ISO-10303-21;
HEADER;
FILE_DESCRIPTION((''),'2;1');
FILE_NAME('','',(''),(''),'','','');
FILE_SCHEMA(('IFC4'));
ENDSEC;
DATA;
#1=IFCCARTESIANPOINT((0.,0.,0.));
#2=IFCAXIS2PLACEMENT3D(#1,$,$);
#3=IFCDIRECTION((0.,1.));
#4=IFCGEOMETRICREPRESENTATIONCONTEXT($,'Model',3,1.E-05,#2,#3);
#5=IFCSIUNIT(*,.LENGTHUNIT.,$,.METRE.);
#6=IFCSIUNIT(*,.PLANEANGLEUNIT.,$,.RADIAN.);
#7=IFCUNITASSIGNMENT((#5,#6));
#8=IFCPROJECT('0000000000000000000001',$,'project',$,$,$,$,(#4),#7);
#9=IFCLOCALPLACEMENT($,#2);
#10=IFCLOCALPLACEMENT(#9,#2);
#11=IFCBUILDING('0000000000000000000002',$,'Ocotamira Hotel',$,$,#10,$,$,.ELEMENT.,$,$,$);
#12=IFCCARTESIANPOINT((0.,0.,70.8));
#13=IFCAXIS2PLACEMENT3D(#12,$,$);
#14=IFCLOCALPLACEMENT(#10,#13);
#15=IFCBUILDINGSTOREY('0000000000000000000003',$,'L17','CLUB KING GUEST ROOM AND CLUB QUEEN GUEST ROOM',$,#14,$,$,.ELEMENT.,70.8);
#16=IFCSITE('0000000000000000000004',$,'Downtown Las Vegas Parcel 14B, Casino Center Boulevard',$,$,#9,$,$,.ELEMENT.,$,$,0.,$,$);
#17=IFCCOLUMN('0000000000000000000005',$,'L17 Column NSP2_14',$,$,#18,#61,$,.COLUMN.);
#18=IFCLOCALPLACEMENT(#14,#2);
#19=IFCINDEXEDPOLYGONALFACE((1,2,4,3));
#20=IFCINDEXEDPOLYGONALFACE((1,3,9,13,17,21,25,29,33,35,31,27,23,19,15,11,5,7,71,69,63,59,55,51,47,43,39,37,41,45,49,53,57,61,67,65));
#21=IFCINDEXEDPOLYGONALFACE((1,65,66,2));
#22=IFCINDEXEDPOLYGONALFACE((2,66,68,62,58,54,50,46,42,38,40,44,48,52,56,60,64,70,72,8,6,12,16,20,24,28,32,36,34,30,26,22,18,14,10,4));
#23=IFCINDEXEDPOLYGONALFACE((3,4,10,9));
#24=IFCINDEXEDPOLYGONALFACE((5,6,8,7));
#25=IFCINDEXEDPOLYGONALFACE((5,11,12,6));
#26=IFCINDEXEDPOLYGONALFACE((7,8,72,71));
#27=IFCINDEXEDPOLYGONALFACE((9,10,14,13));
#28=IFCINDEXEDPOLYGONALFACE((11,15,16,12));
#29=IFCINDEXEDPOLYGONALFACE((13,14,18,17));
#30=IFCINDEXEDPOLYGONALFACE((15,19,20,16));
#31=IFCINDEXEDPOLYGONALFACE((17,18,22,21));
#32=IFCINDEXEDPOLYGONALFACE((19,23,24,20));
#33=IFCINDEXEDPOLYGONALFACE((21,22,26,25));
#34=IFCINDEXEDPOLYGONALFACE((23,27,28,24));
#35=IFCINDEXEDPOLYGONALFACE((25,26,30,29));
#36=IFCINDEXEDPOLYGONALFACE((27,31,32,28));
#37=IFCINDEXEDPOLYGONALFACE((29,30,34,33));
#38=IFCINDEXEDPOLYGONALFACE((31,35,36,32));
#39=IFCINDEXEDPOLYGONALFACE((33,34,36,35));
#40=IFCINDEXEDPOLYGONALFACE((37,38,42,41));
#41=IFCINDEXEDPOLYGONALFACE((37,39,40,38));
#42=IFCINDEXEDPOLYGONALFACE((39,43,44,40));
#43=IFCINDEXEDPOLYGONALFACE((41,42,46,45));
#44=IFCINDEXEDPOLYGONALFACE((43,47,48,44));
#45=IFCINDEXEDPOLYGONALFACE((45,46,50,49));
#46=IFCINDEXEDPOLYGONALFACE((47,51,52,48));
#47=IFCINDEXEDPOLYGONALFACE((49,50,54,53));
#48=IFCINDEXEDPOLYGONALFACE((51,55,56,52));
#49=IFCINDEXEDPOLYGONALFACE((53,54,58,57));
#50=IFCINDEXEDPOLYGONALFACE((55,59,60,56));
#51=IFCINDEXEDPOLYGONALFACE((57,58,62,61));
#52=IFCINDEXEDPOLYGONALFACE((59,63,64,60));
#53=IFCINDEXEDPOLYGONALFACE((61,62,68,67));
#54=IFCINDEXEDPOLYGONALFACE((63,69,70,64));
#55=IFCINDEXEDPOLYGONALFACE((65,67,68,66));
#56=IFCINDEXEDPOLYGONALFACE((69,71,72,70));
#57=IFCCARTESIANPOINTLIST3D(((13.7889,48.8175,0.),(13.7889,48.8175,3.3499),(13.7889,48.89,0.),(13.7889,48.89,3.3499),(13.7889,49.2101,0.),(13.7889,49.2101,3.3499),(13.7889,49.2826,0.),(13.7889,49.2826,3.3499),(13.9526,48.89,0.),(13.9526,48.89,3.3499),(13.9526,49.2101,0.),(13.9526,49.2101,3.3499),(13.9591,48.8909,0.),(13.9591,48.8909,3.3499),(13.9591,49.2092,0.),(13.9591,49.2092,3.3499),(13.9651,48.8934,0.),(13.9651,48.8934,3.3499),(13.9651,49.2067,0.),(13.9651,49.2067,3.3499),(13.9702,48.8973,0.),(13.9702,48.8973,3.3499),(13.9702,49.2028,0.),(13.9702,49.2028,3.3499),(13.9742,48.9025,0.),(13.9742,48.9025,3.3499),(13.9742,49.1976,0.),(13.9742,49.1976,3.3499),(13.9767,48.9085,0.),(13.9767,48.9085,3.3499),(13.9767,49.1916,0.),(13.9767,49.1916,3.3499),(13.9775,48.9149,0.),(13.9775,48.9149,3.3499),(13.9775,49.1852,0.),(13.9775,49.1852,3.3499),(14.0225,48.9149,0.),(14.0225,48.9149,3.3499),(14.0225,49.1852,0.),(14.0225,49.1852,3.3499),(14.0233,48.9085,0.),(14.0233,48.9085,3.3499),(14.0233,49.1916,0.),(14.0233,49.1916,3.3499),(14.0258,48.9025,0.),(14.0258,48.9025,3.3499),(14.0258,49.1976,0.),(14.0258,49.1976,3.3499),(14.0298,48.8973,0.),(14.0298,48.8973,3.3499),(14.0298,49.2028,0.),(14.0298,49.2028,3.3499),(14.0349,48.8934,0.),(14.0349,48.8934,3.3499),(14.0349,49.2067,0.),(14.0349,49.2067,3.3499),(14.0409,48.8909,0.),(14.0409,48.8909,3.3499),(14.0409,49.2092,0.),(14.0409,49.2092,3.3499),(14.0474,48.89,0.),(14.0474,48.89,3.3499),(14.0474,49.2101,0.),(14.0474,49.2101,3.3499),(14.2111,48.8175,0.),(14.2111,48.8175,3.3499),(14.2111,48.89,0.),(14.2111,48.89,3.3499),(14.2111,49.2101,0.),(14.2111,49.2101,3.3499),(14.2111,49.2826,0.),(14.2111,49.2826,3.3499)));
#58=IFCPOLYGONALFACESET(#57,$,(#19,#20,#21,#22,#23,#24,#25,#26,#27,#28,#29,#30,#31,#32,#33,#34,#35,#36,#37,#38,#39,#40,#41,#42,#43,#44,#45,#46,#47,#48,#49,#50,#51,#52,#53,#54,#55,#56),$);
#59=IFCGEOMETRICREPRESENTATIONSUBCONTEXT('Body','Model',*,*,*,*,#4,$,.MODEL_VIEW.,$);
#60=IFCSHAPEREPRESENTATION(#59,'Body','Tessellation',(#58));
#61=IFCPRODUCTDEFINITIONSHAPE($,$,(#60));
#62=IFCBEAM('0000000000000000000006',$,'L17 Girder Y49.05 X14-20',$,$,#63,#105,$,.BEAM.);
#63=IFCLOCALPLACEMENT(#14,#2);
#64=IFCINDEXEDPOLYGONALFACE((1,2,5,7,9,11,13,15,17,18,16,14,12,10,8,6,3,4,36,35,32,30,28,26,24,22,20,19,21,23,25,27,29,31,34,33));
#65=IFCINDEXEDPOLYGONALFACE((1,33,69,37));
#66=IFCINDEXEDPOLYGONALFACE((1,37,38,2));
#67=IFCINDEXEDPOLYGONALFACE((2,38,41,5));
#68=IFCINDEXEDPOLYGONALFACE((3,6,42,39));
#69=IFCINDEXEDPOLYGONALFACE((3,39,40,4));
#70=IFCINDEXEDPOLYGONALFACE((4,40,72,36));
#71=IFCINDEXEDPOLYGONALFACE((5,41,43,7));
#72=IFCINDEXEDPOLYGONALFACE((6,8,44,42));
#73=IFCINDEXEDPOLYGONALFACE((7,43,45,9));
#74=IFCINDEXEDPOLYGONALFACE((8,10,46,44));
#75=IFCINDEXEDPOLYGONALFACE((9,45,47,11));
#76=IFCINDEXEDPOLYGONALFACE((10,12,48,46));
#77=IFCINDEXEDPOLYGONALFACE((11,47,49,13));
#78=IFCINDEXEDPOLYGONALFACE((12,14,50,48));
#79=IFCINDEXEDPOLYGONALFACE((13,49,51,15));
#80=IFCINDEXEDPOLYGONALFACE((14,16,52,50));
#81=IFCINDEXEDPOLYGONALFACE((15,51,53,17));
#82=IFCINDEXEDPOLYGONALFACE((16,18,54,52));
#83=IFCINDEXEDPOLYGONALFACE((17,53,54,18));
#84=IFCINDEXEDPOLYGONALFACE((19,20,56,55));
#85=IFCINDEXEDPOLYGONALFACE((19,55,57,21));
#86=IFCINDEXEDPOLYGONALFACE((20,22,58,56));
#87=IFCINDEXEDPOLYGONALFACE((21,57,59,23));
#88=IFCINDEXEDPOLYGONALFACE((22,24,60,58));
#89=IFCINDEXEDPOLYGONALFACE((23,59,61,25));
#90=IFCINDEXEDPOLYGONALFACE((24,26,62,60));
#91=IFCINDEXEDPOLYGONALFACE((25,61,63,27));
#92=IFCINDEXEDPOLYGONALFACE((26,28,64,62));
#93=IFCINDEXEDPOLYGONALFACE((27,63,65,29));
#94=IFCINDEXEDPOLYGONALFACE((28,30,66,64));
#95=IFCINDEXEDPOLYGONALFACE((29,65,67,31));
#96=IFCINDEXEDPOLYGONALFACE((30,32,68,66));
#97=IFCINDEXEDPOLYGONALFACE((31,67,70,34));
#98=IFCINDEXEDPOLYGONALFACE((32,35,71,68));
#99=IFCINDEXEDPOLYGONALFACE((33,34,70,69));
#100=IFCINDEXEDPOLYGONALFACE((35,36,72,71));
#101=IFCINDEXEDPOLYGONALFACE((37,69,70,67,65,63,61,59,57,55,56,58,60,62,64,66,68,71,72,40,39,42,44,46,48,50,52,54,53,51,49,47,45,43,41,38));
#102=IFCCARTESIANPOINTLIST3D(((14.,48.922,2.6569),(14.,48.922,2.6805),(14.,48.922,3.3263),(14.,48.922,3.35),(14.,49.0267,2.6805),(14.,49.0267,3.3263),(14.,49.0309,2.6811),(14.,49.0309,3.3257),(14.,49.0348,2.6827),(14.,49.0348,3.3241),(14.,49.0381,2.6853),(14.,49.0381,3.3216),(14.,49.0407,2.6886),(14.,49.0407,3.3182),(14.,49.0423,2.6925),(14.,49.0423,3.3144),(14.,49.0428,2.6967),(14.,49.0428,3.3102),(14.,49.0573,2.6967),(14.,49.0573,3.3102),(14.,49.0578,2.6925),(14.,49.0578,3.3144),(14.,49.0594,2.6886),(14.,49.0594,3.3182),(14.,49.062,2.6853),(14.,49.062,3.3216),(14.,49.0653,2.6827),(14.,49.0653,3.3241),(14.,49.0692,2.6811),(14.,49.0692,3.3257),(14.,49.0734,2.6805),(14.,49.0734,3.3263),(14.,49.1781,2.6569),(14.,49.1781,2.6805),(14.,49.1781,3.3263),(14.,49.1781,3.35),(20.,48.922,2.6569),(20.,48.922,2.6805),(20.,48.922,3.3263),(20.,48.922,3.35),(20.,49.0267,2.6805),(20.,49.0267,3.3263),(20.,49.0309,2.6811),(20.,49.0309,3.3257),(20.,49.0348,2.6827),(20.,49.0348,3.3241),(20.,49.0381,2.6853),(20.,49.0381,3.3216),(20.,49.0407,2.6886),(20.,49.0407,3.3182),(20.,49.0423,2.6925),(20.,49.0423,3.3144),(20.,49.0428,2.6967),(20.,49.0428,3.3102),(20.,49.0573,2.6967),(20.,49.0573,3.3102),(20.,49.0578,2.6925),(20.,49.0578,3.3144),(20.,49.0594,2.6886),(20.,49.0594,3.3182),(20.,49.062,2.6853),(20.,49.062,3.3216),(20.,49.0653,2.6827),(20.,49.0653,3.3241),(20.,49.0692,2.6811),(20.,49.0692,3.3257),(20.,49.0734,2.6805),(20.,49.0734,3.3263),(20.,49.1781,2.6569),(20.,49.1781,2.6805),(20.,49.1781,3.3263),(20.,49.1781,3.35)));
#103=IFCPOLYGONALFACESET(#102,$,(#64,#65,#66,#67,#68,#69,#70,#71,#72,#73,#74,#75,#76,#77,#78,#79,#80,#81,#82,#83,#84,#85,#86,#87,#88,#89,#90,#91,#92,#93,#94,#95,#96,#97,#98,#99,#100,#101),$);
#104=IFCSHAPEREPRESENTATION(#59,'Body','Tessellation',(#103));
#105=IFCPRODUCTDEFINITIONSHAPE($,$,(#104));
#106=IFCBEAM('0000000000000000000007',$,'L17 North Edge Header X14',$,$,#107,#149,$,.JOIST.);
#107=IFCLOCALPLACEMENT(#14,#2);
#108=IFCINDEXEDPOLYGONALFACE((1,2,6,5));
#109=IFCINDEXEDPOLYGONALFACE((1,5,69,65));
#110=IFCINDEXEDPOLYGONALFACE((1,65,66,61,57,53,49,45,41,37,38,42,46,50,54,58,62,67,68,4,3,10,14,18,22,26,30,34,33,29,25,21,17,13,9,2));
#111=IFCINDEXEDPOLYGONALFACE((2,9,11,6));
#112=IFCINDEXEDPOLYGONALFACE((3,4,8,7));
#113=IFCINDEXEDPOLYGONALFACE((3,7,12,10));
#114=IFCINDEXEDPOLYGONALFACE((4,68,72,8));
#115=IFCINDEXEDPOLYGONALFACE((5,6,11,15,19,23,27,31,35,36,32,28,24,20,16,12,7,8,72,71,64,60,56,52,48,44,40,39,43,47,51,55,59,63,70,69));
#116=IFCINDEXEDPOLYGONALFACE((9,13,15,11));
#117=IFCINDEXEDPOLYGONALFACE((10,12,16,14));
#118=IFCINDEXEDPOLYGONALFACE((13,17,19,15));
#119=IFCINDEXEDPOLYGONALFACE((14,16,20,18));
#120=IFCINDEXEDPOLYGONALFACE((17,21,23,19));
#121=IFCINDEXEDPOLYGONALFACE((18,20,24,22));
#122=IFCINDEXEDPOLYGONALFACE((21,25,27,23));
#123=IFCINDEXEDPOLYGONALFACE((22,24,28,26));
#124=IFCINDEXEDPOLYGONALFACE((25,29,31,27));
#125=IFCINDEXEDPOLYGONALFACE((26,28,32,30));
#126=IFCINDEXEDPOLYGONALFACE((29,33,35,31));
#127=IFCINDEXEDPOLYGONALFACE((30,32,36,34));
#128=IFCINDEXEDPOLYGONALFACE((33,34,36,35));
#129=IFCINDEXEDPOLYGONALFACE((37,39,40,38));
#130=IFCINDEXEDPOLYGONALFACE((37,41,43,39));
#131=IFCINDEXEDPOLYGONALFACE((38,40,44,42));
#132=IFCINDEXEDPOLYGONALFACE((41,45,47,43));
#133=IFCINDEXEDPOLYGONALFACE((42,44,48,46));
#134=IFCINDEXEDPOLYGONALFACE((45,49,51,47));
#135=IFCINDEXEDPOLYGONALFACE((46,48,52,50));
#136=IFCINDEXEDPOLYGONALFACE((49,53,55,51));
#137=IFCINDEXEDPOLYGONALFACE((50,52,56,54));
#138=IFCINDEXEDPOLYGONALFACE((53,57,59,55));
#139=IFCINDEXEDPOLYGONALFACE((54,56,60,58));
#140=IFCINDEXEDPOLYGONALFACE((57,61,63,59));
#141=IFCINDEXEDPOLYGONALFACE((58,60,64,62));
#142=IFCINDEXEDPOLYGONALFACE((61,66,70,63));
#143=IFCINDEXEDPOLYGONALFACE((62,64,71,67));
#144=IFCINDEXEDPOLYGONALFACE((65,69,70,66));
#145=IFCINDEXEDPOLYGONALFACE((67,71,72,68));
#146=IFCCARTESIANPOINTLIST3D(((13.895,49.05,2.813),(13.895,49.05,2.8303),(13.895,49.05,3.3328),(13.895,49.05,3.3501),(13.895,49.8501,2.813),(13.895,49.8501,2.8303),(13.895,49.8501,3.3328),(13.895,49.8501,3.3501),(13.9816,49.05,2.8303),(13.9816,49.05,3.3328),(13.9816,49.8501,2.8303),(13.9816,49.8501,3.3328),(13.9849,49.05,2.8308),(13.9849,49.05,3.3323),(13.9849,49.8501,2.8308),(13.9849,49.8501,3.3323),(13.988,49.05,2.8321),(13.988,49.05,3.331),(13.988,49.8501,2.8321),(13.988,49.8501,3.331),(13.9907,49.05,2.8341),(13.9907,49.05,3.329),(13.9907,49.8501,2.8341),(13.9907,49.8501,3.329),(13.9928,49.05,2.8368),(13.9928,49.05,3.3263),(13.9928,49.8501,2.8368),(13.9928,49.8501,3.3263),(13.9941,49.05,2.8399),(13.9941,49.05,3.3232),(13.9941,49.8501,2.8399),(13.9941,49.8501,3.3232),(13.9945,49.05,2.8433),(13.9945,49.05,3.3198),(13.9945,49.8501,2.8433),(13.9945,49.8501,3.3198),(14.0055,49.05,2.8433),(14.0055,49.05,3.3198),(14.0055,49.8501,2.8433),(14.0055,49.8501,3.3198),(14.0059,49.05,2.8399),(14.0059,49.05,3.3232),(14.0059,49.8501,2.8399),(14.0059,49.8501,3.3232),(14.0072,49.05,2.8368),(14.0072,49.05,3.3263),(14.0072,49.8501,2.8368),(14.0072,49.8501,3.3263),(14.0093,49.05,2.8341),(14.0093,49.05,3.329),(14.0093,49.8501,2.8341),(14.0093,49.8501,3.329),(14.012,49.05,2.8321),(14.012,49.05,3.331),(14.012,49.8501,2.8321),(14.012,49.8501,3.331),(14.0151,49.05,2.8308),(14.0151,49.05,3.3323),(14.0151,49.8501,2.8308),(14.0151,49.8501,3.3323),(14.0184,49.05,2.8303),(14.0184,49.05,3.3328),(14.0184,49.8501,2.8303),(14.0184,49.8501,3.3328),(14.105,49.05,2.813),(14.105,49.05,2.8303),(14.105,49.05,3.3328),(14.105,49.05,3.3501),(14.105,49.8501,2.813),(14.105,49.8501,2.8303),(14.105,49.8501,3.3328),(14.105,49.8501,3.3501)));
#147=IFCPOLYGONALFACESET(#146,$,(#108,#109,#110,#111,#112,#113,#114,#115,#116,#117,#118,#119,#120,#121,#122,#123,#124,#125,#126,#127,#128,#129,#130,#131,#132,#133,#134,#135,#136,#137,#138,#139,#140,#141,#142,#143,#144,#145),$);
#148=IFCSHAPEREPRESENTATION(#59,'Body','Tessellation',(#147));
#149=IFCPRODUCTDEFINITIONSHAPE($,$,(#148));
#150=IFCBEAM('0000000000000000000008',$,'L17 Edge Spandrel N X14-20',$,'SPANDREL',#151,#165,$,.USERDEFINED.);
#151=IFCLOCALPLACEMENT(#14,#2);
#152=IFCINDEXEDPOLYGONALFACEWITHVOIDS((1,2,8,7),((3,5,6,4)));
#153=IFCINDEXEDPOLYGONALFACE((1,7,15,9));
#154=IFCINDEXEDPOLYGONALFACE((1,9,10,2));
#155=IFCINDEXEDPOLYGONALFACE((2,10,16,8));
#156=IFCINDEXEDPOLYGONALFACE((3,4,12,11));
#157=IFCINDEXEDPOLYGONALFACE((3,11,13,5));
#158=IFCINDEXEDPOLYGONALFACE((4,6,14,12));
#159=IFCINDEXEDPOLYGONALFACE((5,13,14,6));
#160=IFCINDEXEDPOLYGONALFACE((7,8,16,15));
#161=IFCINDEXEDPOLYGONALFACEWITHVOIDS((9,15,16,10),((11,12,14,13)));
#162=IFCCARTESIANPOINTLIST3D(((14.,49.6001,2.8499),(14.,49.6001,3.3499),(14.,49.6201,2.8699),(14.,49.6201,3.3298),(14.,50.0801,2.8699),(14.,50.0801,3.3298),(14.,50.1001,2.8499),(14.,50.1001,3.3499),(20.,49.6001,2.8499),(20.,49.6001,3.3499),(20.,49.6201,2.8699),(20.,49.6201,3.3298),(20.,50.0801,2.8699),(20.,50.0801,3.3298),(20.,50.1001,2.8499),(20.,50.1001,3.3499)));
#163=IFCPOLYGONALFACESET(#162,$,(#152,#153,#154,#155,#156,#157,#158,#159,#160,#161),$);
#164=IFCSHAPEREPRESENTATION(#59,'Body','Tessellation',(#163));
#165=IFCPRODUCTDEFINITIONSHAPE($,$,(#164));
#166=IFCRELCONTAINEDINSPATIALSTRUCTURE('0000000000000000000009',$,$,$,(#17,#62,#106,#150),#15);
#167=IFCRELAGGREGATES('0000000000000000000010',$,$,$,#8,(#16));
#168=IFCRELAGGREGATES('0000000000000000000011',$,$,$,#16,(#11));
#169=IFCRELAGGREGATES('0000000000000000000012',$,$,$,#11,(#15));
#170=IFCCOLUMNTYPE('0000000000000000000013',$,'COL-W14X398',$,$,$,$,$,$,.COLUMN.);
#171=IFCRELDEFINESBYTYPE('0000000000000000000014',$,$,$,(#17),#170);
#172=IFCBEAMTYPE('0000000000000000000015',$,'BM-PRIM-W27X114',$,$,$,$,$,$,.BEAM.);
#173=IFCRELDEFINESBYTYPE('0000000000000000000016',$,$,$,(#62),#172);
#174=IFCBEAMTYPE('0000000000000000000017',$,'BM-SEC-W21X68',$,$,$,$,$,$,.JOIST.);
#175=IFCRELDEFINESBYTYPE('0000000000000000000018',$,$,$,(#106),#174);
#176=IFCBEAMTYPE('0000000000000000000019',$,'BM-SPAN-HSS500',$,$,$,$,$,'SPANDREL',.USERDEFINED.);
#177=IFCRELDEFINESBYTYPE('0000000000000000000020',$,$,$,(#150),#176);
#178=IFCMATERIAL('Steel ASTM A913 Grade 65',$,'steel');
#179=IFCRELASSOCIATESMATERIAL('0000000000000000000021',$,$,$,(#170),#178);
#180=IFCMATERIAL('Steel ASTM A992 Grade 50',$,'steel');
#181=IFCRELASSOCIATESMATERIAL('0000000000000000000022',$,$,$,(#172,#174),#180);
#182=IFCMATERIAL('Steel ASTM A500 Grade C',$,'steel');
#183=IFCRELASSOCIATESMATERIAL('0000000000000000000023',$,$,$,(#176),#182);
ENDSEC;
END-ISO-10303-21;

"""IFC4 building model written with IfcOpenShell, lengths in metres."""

from ifc_helpers import new_model, si_unit, direction, frame, origin, origin_2d, place, context, subcontext, project, spatial, hollow_rectangle, i_section, extrude, source, transform, mapped, material, material_profile, profile_set, type_object, element, save


model = new_model("IFC4")

# Units and contexts
model_context = context("Model", 3, precision=1e-05, world=origin(), true_north=direction((0.0, 1.0)))
body_context = subcontext(model_context, "Body", "Model", "MODEL_VIEW")
ifc_project = project(units=[si_unit("LENGTHUNIT", "METRE"), si_unit("PLANEANGLEUNIT", "RADIAN")], contexts=[model_context])

# Site, building, storey
site_placement = place(None, origin())
site = spatial("IfcSite", under=ifc_project, at=site_placement, Name="Downtown Las Vegas Parcel 14B, Casino Center Boulevard", CompositionType="ELEMENT", RefElevation=0.0)
building_placement = place(site_placement, origin())
building = spatial("IfcBuilding", under=site, at=building_placement, Name="Ocotamira Hotel", CompositionType="ELEMENT")
storey_placement = place(building_placement, frame((0.0, 0.0, 70.8)))
storey = spatial("IfcBuildingStorey", under=building, at=storey_placement, Name="L17", Description="CLUB KING GUEST ROOM AND CLUB QUEEN GUEST ROOM", CompositionType="ELEMENT", Elevation=70.8)

# Column
ifc_material_1 = material(Name="Steel ASTM A913 Grade 65", Category="steel")
ifc_material_profile_1 = material_profile(ifc_material_1, i_section(OverallWidth=0.4221, OverallDepth=0.4651, WebThickness=0.0449, FlangeThickness=0.0725, FilletRadius=0.0249, at=origin_2d()), Name="W14X398")
ifc_profile_set_1 = profile_set([ifc_material_profile_1], Name="Steel ASTM A913 Grade 65")
column_type = type_object("IfcColumnType", Name="COL-W14X398", PredefinedType="COLUMN", material=ifc_profile_set_1)
shared_shape_1 = source(origin(), body_context, "Body", "SweptSolid", [
    extrude(i_section(OverallWidth=0.4221, OverallDepth=0.4651, WebThickness=0.0449, FlangeThickness=0.0725, FilletRadius=0.0249, at=origin_2d()), origin(), (0.0, 0.0, 1.0), 3.3499),
])
column_placement = place(storey_placement, frame((14.0, 49.05, 0.0), z_axis=(0.0, 0.0, 1.0), x_axis=(1.0, 0.0, 0.0)))
element("IfcColumn", 1, at=column_placement, inside=storey, type_object=column_type, Name="L17 Column NSP2_14", PredefinedType="COLUMN", context=body_context, shape_type="MappedRepresentation", body=[
    mapped(shared_shape_1, transform((0.0, 0.0, 0.0), scale=1.0)),
])

# Beams
ifc_material_2 = material(Name="Steel ASTM A992 Grade 50", Category="steel")
ifc_material_profile_2 = material_profile(ifc_material_2, i_section(OverallWidth=0.2561, OverallDepth=0.6931, WebThickness=0.0144, FlangeThickness=0.0237, FilletRadius=0.0161, at=origin_2d()), Name="W27X114")
ifc_profile_set_2 = profile_set([ifc_material_profile_2], Name="Steel ASTM A992 Grade 50")
beam_type_1 = type_object("IfcBeamType", Name="BM-PRIM-W27X114", PredefinedType="BEAM", material=ifc_profile_set_2)
shared_shape_2 = source(origin(), body_context, "Body", "SweptSolid", [
    extrude(i_section(OverallWidth=0.2561, OverallDepth=0.6931, WebThickness=0.0144, FlangeThickness=0.0237, FilletRadius=0.0161, at=origin_2d()), origin(), (0.0, 0.0, 1.0), 6.0),
])
beam_1_placement = place(storey_placement, frame((14.0, 49.05, 3.0034), z_axis=(1.0, 0.0, 0.0), x_axis=(0.0, 1.0, 0.0)))
element("IfcBeam", 2, at=beam_1_placement, inside=storey, type_object=beam_type_1, Name="L17 Girder Y49.05 X14-20", PredefinedType="BEAM", context=body_context, shape_type="MappedRepresentation", body=[
    mapped(shared_shape_2, transform((0.0, 0.0, 0.0), scale=1.0)),
])
ifc_material_profile_3 = material_profile(ifc_material_2, i_section(OverallWidth=0.21, OverallDepth=0.5371, WebThickness=0.011, FlangeThickness=0.0173, FilletRadius=0.0129, at=origin_2d()), Name="W21X68")
ifc_profile_set_3 = profile_set([ifc_material_profile_3], Name="Steel ASTM A992 Grade 50")
beam_type_2 = type_object("IfcBeamType", Name="BM-SEC-W21X68", PredefinedType="JOIST", material=ifc_profile_set_3)
shared_shape_3 = source(origin(), body_context, "Body", "SweptSolid", [
    extrude(i_section(OverallWidth=0.21, OverallDepth=0.5371, WebThickness=0.011, FlangeThickness=0.0173, FilletRadius=0.0129, at=origin_2d()), origin(), (0.0, 0.0, 1.0), 0.8),
])
beam_2_placement = place(storey_placement, frame((14.0, 49.05, 3.0815), z_axis=(0.0, 1.0, 0.0), x_axis=(-1.0, 0.0, 0.0)))
element("IfcBeam", 3, at=beam_2_placement, inside=storey, type_object=beam_type_2, Name="L17 North Edge Header X14", PredefinedType="JOIST", context=body_context, shape_type="MappedRepresentation", body=[
    mapped(shared_shape_3, transform((0.0, 0.0, 0.0), scale=1.0)),
])
ifc_material_3 = material(Name="Steel ASTM A500 Grade C", Category="steel")
ifc_material_profile_4 = material_profile(ifc_material_3, hollow_rectangle(XDim=0.5, YDim=0.5, WallThickness=0.02, at=origin_2d()), Name="HSS500X500X20")
ifc_profile_set_4 = profile_set([ifc_material_profile_4], Name="Steel ASTM A500 Grade C")
beam_type_3 = type_object("IfcBeamType", Name="BM-SPAN-HSS500", ElementType="SPANDREL", PredefinedType="USERDEFINED", material=ifc_profile_set_4)
shared_shape_4 = source(origin(), body_context, "Body", "SweptSolid", [
    extrude(hollow_rectangle(XDim=0.5, YDim=0.5, WallThickness=0.02, at=origin_2d()), origin(), (0.0, 0.0, 1.0), 6.0),
])
beam_3_placement = place(storey_placement, frame((14.0, 49.8501, 3.0999), z_axis=(1.0, 0.0, 0.0), x_axis=(0.0, 1.0, 0.0)))
element("IfcBeam", 4, at=beam_3_placement, inside=storey, type_object=beam_type_3, Name="L17 Edge Spandrel N X14-20", ObjectType="SPANDREL", PredefinedType="USERDEFINED", context=body_context, shape_type="MappedRepresentation", body=[
    mapped(shared_shape_4, transform((0.0, 0.0, 0.0), scale=1.0)),
])

save(model, "model.ifc")
